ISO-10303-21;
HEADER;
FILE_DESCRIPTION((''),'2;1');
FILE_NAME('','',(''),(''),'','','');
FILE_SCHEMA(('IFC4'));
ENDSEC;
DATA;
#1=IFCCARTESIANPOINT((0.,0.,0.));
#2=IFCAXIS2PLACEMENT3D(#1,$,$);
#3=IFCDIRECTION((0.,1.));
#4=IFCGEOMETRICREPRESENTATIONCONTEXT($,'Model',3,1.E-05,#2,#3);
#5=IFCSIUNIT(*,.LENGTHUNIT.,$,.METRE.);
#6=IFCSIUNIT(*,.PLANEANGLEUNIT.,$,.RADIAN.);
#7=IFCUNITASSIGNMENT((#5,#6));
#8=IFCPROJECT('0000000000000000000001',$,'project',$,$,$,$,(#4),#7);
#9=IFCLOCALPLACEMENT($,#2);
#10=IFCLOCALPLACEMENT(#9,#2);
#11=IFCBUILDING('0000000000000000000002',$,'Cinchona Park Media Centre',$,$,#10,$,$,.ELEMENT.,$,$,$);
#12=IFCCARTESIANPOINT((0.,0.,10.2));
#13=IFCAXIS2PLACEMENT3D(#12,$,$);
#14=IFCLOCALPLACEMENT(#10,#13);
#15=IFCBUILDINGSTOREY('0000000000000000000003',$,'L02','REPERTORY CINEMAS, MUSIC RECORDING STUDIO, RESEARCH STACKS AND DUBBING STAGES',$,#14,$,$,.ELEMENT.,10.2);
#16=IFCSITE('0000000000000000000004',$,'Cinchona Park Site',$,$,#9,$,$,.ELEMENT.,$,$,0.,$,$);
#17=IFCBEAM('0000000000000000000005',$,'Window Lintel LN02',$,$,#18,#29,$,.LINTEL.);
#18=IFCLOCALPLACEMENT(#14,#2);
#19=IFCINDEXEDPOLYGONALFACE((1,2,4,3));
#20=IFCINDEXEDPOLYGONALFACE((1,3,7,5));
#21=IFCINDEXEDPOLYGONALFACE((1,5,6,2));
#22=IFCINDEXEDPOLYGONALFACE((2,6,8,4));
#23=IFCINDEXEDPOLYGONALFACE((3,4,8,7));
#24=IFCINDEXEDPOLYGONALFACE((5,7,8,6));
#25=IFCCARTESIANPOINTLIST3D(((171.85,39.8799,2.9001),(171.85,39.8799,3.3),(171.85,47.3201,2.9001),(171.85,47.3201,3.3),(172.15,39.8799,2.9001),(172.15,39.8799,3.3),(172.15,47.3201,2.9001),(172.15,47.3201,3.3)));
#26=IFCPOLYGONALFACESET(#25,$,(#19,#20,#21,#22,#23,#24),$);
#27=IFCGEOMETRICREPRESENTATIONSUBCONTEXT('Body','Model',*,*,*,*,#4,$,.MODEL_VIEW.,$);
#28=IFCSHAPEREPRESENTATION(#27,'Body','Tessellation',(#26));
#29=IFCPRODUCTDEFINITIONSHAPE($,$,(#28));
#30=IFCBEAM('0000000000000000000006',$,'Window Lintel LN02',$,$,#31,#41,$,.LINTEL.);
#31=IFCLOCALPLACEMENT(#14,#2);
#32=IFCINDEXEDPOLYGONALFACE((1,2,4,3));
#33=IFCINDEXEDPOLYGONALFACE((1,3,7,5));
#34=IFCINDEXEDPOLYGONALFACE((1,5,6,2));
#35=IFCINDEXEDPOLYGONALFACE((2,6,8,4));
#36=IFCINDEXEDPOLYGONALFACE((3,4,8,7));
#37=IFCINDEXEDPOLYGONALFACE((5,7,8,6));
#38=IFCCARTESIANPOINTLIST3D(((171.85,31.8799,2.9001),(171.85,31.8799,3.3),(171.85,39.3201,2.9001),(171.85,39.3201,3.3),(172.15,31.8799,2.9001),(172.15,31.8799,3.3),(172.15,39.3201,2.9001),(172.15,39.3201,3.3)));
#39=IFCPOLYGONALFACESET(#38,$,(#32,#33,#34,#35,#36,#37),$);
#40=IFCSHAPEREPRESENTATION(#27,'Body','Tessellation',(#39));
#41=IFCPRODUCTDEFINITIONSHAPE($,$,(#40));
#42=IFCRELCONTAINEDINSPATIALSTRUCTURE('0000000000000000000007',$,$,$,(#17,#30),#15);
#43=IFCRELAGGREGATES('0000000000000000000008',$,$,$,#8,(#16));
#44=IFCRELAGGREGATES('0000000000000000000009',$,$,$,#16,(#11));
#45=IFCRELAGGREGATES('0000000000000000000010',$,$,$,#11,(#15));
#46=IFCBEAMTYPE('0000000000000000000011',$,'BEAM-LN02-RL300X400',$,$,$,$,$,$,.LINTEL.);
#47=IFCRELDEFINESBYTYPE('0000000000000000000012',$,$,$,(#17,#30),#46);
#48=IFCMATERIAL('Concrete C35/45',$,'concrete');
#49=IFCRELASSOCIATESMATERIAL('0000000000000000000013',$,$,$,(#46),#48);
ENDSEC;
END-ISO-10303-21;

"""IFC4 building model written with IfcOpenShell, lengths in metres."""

from ifc_helpers import new_model, si_unit, direction, frame, origin, origin_2d, place, context, subcontext, project, spatial, rectangle, extrude, material, material_profile, profile_set, type_object, element, save


model = new_model("IFC4")

# Units and contexts
model_context = context("Model", 3, precision=1e-05, world=origin(), true_north=direction((0.0, 1.0)))
body_context = subcontext(model_context, "Body", "Model", "MODEL_VIEW")
ifc_project = project(units=[si_unit("LENGTHUNIT", "METRE"), si_unit("PLANEANGLEUNIT", "RADIAN")], contexts=[model_context])

# Site, building, storey
site_placement = place(None, origin())
site = spatial("IfcSite", under=ifc_project, at=site_placement, Name="Cinchona Park Site", CompositionType="ELEMENT", RefElevation=0.0)
building_placement = place(site_placement, origin())
building = spatial("IfcBuilding", under=site, at=building_placement, Name="Cinchona Park Media Centre", CompositionType="ELEMENT")
storey_placement = place(building_placement, frame((0.0, 0.0, 10.2)))
storey = spatial("IfcBuildingStorey", under=building, at=storey_placement, Name="L02", Description="REPERTORY CINEMAS, MUSIC RECORDING STUDIO, RESEARCH STACKS AND DUBBING STAGES", CompositionType="ELEMENT", Elevation=10.2)

# Beams
ifc_material_1 = material(Name="Concrete C35/45", Category="concrete")
ifc_material_profile_1 = material_profile(ifc_material_1, rectangle(XDim=0.3, YDim=0.3999, at=origin_2d()), Name="RL 300X400")
ifc_profile_set_1 = profile_set([ifc_material_profile_1], Name="Concrete C35/45")
beam_type_1 = type_object("IfcBeamType", Name="BEAM-LN02-RL300X400", PredefinedType="LINTEL", material=ifc_profile_set_1)
for number, where, z_axis, x_axis, name in (
    (1, (172.0, 47.3201, 3.1001), (0.0, -1.0, 0.0), (1.0, 0.0, 0.0), "Window Lintel LN02"),
    (2, (172.0, 39.3201, 3.1001), (0.0, -1.0, 0.0), (1.0, 0.0, 0.0), "Window Lintel LN02"),
):
    element("IfcBeam", number, at=place(storey_placement, frame(where, z_axis=z_axis, x_axis=x_axis)), inside=storey, type_object=beam_type_1, Name=name, PredefinedType="LINTEL", context=body_context, shape_type="SweptSolid", body=[
        extrude(rectangle(XDim=0.3, YDim=0.3999, at=origin_2d()), origin(), (0.0, 0.0, 1.0), 7.4402),
    ])

save(model, "model.ifc")
